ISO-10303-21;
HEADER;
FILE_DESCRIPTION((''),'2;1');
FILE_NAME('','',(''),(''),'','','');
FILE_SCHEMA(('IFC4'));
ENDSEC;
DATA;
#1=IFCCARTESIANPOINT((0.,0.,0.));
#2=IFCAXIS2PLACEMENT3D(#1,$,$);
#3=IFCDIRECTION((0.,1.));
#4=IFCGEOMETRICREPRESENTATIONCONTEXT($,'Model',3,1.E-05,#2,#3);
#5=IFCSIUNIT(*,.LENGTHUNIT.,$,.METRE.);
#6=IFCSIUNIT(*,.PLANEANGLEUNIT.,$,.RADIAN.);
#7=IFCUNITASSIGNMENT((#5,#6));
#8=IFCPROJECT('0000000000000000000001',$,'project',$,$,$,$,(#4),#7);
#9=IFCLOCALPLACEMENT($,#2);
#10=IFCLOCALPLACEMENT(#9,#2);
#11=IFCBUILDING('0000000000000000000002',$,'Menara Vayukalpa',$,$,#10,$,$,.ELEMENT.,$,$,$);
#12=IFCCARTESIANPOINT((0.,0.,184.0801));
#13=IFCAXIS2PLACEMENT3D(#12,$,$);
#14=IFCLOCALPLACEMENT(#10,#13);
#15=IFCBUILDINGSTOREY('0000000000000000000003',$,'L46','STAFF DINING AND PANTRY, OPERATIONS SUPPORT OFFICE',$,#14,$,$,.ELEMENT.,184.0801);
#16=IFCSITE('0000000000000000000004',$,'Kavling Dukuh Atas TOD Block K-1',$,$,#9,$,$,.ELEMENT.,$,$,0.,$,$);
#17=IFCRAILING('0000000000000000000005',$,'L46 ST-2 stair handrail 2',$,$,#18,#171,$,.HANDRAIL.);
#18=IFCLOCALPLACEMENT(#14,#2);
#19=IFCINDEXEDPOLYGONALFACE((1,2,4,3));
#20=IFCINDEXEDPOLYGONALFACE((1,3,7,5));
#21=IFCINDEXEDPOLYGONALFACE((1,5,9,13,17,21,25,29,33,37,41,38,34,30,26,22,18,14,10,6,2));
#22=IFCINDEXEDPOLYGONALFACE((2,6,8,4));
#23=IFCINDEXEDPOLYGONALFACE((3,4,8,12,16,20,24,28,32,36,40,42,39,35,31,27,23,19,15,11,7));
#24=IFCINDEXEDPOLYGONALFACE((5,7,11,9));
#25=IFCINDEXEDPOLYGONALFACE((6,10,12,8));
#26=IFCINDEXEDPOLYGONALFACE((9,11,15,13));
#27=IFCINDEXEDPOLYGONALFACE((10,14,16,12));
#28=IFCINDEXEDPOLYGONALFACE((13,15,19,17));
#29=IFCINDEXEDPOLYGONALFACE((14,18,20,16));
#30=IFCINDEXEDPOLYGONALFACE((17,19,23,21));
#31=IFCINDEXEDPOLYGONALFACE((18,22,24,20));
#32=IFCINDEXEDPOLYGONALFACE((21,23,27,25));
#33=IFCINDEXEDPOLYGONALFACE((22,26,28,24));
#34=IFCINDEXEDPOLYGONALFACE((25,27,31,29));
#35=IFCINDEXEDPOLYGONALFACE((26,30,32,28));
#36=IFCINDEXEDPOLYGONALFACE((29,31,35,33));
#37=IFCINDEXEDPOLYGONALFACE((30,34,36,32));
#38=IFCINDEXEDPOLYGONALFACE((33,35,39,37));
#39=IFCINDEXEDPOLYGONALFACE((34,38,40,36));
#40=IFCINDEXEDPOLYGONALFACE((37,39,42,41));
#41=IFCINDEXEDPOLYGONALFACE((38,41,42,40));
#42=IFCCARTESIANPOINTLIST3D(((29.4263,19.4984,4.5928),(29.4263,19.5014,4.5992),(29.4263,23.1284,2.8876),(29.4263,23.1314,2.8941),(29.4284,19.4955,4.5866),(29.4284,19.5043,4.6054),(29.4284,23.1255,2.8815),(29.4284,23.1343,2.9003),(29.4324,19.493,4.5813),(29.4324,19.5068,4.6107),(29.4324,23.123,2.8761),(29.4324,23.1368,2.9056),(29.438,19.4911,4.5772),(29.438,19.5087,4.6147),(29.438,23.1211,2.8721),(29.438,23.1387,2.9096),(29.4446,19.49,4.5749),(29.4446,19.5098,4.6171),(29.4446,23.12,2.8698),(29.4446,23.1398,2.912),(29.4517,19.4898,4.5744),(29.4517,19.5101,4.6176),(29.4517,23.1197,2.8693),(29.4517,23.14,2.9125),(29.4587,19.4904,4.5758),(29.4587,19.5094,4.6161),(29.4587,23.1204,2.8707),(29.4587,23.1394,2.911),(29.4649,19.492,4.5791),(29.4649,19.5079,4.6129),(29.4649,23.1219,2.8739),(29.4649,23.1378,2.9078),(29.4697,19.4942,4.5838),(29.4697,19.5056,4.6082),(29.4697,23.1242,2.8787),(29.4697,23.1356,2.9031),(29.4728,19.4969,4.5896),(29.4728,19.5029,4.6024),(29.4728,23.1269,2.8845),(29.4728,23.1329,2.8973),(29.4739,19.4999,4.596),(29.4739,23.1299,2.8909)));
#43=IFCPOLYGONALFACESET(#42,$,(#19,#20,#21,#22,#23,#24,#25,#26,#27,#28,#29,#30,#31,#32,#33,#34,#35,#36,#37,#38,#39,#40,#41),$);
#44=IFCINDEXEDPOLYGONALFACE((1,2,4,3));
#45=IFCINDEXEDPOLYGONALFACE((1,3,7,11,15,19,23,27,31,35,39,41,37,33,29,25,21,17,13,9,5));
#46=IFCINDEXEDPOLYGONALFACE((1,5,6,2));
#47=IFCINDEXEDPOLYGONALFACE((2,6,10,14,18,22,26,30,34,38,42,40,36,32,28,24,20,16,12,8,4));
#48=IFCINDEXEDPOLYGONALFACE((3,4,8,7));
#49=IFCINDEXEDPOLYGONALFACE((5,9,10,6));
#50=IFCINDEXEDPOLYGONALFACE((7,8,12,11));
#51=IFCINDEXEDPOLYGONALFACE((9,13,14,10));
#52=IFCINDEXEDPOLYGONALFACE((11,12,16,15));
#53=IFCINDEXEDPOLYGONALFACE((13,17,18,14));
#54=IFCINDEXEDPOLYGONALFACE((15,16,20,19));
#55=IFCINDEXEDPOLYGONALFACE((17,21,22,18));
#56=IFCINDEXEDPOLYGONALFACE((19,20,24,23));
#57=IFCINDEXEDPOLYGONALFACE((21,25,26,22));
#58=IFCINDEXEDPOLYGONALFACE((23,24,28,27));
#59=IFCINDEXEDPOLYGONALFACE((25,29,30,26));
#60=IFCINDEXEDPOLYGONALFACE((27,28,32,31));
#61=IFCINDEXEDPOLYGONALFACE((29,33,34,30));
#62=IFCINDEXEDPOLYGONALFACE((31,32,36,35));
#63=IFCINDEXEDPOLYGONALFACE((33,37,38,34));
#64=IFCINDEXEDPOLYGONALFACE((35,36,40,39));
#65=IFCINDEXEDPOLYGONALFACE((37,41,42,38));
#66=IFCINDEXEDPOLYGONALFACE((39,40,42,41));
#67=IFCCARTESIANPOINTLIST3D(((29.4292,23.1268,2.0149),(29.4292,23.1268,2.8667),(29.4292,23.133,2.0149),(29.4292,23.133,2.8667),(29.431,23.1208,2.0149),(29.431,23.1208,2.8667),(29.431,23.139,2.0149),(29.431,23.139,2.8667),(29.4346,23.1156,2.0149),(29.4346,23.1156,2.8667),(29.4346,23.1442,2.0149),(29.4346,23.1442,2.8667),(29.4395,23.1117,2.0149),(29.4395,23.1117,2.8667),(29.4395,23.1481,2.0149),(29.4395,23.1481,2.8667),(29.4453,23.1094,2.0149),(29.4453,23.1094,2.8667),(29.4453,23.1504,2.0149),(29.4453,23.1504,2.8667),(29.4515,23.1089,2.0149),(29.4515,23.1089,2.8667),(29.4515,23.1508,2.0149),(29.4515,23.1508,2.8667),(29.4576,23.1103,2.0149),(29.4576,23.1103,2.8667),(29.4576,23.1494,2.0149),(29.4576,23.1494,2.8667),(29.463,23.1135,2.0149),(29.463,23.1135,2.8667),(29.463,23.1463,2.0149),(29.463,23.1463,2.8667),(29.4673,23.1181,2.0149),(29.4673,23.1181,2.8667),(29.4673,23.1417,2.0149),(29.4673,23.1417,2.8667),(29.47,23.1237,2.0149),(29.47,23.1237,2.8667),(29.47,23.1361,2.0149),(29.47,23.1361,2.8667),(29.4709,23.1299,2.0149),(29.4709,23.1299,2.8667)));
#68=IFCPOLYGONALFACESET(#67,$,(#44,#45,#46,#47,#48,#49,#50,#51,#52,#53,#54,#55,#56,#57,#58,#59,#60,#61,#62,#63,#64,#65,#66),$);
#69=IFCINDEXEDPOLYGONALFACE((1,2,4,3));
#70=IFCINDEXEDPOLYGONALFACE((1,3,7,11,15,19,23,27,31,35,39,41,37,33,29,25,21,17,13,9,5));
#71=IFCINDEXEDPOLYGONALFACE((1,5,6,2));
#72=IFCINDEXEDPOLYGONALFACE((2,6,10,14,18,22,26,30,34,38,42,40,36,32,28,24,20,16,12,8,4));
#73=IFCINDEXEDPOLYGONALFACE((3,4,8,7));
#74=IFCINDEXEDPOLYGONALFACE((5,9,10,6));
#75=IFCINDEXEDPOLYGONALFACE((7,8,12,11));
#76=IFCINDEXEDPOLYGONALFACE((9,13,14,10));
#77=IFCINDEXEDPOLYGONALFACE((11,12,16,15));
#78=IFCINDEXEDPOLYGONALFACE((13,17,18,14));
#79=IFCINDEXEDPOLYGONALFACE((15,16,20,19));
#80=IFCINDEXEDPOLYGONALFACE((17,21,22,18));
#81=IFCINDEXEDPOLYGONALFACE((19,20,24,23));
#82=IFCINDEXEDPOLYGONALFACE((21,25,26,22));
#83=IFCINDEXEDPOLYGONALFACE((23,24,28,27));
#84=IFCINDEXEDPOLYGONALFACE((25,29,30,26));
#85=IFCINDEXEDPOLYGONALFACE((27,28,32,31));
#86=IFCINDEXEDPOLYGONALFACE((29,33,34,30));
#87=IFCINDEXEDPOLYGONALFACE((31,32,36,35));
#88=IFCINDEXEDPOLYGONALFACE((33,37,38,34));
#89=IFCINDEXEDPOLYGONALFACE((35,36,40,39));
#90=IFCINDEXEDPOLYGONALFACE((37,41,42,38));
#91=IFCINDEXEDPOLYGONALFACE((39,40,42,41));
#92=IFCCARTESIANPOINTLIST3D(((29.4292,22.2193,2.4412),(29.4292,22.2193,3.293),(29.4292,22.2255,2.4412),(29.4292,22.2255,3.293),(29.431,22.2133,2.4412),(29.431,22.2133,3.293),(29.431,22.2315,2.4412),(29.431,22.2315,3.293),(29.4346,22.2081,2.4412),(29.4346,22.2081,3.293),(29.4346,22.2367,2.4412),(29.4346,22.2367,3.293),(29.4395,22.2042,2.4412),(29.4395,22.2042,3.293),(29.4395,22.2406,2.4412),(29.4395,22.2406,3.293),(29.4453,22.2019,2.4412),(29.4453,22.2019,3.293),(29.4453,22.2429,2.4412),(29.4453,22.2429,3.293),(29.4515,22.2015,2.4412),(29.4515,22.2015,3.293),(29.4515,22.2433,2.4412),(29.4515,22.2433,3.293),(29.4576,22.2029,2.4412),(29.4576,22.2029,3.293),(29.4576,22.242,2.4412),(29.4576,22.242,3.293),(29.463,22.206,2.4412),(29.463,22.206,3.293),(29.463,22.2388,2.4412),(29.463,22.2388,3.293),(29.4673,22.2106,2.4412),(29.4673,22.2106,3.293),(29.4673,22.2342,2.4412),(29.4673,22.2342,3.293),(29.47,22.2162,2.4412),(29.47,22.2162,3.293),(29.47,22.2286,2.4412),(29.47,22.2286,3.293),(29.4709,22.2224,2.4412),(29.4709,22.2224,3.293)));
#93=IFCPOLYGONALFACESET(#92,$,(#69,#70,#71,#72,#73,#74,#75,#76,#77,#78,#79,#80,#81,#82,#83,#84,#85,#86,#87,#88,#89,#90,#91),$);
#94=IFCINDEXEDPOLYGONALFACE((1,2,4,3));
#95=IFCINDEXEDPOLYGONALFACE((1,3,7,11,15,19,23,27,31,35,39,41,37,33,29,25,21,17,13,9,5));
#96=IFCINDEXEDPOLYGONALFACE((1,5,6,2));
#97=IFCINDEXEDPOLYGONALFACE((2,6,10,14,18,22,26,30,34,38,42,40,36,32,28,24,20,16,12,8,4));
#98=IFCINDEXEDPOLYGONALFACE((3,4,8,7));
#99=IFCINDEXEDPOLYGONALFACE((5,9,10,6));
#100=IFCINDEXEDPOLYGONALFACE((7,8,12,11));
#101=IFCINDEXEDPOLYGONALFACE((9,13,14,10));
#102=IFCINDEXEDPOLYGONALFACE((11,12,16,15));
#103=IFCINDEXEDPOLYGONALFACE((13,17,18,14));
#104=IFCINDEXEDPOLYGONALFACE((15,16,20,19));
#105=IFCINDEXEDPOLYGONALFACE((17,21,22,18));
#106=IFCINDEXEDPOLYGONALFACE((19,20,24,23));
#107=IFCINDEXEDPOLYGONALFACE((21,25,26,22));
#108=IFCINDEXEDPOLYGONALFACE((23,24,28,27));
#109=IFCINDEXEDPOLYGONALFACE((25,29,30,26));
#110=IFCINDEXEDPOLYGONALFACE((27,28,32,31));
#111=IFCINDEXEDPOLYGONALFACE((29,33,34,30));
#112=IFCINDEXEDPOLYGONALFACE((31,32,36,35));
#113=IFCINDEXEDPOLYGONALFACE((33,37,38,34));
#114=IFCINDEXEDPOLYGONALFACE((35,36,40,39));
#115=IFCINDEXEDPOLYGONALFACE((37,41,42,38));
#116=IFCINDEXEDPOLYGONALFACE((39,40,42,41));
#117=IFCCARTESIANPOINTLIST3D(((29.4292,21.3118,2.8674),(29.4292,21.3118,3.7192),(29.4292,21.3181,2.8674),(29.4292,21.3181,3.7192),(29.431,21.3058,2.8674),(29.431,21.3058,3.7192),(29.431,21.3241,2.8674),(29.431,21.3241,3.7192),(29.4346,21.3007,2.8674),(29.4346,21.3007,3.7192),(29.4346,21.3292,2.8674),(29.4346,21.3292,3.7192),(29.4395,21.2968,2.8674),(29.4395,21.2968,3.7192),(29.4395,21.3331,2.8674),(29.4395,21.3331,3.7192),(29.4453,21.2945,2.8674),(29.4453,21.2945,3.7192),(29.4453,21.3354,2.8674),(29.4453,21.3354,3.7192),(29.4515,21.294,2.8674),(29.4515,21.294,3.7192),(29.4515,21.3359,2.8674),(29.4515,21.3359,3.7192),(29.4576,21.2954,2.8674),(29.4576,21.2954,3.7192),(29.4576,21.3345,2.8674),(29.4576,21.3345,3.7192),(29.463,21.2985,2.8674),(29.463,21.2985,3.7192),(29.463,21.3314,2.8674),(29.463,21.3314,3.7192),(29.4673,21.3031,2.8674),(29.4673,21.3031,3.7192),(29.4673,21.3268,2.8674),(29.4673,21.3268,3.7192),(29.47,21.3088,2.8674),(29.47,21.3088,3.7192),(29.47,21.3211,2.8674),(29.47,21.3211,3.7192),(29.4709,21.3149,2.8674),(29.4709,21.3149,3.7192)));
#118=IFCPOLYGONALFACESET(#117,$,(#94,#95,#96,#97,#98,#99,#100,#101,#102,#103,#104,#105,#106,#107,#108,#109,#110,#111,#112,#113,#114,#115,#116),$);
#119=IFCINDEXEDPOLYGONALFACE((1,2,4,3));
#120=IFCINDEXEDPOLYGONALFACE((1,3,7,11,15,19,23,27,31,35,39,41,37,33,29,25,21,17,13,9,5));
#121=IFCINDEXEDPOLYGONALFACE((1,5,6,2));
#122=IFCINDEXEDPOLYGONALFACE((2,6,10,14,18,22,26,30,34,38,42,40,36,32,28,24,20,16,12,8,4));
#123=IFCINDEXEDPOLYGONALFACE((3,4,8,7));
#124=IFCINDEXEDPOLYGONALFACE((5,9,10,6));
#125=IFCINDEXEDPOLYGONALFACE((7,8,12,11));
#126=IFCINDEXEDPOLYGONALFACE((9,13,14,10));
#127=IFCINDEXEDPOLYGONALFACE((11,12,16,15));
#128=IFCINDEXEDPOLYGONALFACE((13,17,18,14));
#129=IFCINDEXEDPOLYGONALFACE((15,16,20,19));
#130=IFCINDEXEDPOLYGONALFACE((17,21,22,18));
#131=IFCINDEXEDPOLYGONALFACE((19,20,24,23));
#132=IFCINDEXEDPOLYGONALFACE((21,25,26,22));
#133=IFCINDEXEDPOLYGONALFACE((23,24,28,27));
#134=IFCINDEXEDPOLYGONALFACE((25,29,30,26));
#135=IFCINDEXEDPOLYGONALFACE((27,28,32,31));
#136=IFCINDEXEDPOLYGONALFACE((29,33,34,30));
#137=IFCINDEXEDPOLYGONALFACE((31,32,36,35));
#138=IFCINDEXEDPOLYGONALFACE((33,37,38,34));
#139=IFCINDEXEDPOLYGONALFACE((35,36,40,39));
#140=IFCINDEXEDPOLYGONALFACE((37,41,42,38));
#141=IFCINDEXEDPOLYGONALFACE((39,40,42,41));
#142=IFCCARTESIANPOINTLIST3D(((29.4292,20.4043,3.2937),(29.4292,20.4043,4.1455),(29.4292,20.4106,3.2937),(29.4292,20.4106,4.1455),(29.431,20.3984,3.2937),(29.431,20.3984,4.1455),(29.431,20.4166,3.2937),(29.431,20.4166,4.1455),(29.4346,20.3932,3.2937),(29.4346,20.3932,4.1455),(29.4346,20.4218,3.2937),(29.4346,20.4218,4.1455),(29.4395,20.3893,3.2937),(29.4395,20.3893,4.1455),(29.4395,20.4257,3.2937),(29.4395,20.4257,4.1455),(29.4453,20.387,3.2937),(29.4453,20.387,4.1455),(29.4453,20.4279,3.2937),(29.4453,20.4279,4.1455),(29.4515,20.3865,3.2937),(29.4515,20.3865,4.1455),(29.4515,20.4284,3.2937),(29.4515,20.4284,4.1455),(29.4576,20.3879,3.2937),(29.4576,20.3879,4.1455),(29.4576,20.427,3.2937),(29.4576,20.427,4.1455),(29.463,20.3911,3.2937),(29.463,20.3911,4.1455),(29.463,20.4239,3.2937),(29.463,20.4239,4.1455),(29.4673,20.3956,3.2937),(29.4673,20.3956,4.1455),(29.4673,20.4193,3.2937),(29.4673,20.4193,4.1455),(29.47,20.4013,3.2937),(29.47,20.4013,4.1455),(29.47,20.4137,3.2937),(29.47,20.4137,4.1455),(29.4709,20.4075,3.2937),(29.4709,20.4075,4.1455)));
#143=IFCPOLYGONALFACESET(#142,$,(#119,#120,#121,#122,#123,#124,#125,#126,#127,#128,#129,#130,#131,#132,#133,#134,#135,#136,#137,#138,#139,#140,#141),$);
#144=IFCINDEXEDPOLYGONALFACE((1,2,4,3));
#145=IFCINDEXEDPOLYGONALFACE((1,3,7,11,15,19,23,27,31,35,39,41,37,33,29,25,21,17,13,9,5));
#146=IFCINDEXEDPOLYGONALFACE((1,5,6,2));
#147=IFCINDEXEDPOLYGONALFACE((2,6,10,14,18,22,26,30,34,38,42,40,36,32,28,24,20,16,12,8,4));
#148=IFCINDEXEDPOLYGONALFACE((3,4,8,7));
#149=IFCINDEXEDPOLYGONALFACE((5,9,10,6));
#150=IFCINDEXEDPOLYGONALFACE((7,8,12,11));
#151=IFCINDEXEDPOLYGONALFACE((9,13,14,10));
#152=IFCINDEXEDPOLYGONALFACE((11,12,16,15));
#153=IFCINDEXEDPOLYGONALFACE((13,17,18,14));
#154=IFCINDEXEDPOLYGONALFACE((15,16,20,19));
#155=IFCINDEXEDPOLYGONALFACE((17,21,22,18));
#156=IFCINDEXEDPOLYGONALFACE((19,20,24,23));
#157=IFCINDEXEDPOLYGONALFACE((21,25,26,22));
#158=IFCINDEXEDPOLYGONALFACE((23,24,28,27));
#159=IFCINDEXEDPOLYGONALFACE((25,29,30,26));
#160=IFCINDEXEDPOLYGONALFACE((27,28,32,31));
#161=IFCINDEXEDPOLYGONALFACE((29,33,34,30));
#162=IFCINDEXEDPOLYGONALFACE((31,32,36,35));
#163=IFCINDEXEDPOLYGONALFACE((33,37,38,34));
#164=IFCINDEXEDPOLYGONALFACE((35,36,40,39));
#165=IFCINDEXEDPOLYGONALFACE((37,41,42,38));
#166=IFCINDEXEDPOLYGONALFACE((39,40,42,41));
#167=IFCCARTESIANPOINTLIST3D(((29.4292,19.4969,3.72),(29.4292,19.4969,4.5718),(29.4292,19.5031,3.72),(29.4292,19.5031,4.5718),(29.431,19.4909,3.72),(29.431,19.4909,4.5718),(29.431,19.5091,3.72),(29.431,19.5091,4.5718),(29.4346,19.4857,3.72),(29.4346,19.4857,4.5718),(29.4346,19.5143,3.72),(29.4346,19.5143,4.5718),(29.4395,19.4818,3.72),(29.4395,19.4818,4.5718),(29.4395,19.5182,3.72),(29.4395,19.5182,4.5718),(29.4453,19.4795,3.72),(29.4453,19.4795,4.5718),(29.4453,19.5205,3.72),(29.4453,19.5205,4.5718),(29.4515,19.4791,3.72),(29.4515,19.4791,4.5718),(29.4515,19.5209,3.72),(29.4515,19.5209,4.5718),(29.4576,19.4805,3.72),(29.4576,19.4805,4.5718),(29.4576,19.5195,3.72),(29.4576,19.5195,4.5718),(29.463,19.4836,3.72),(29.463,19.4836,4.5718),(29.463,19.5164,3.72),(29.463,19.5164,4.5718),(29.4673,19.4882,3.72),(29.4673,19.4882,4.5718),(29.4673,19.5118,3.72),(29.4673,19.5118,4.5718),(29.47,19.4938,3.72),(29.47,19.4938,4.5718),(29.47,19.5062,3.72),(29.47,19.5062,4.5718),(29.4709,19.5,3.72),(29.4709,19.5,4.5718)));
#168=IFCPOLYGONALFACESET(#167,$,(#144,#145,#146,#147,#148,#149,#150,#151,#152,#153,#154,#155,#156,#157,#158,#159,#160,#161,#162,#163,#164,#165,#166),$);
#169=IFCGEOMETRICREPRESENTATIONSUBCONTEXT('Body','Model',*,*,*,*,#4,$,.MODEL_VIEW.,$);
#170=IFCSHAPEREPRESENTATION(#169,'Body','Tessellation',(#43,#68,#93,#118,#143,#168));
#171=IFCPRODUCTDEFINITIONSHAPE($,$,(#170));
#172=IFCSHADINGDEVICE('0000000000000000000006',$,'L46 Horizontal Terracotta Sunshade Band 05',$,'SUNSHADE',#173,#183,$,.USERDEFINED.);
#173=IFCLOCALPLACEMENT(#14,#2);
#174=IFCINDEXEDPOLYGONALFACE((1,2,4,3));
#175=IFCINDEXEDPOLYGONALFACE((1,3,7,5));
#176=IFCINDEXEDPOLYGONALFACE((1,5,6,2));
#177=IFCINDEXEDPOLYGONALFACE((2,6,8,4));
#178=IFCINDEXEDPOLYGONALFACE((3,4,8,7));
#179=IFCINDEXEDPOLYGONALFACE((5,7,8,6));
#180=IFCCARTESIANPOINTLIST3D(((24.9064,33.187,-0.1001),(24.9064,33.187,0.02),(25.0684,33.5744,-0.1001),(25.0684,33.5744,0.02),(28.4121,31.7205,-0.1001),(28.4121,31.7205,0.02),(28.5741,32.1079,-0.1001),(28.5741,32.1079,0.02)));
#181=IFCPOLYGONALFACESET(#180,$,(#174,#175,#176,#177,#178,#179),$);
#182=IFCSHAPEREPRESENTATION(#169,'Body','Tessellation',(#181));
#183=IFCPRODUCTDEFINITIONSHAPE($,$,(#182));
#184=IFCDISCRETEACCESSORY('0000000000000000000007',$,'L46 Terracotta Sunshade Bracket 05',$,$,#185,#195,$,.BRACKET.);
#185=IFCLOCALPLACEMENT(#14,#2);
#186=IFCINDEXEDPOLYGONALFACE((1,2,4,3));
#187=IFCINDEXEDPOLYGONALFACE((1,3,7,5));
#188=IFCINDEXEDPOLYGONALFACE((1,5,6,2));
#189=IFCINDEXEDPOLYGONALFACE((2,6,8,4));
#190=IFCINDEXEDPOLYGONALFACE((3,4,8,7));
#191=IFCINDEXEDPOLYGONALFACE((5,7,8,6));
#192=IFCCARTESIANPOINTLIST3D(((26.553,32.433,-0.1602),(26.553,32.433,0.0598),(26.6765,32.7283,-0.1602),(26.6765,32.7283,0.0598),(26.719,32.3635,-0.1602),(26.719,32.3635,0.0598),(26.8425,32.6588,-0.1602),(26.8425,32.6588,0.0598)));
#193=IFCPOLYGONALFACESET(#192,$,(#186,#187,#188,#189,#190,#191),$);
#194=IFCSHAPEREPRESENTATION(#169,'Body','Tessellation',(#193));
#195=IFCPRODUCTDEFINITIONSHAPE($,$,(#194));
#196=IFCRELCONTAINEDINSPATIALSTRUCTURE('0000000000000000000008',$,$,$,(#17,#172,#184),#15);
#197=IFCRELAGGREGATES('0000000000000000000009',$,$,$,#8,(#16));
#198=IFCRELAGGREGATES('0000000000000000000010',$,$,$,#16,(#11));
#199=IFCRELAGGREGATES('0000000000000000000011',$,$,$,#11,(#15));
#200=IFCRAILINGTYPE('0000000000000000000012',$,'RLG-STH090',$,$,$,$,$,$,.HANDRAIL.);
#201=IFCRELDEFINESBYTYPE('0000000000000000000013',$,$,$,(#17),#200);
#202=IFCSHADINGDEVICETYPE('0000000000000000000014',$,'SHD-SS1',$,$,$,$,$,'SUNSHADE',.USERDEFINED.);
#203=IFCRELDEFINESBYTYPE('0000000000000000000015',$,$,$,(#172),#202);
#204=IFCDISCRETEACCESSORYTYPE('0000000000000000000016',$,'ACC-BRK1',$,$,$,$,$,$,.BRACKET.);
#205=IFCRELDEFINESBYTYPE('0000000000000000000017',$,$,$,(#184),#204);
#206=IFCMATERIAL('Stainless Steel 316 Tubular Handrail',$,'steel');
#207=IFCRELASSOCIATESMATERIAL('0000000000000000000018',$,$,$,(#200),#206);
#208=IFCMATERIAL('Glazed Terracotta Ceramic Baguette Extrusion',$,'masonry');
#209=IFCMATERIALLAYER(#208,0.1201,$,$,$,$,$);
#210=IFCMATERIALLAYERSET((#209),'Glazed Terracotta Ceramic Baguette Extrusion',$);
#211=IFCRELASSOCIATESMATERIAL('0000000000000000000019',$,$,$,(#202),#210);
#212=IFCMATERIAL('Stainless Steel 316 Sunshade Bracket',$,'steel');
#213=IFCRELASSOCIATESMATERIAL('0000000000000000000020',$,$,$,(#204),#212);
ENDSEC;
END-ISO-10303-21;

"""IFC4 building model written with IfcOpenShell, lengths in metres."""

from ifc_helpers import new_model, si_unit, direction, frame, origin, origin_2d, place, context, subcontext, project, spatial, rectangle, circle, extrude, material, layer, layer_set, type_object, element, save


model = new_model("IFC4")

# Units and contexts
model_context = context("Model", 3, precision=1e-05, world=origin(), true_north=direction((0.0, 1.0)))
body_context = subcontext(model_context, "Body", "Model", "MODEL_VIEW")
ifc_project = project(units=[si_unit("LENGTHUNIT", "METRE"), si_unit("PLANEANGLEUNIT", "RADIAN")], contexts=[model_context])

# Site, building, storey
site_placement = place(None, origin())
site = spatial("IfcSite", under=ifc_project, at=site_placement, Name="Kavling Dukuh Atas TOD Block K-1", CompositionType="ELEMENT", RefElevation=0.0)
building_placement = place(site_placement, origin())
building = spatial("IfcBuilding", under=site, at=building_placement, Name="Menara Vayukalpa", CompositionType="ELEMENT")
storey_placement = place(building_placement, frame((0.0, 0.0, 184.0801)))
storey = spatial("IfcBuildingStorey", under=building, at=storey_placement, Name="L46", Description="STAFF DINING AND PANTRY, OPERATIONS SUPPORT OFFICE", CompositionType="ELEMENT", Elevation=184.0801)

# Railing
ifc_material_1 = material(Name="Stainless Steel 316 Tubular Handrail", Category="steel")
railing_type = type_object("IfcRailingType", Name="RLG-STH090", PredefinedType="HANDRAIL", material=ifc_material_1)
railing_placement = place(storey_placement, frame((29.45, 23.1299, 2.0149)))
element("IfcRailing", 1, at=railing_placement, inside=storey, type_object=railing_type, Name="L46 ST-2 stair handrail 2", PredefinedType="HANDRAIL", context=body_context, shape_type="SweptSolid", body=[
    extrude(circle(Radius=0.0239, at=origin_2d()), frame((0.0, 0.0, 0.876), z_axis=(0.0, -0.905116, 0.425164), x_axis=(1.0, 0.0, 0.0)), (0.0, 0.0, 1.0), 4.0105),
    extrude(circle(Radius=0.021, at=origin_2d()), origin(), (0.0, 0.0, 1.0), 0.8518),
    extrude(circle(Radius=0.021, at=origin_2d()), frame((0.0, -0.9075, 0.4263)), (0.0, 0.0, 1.0), 0.8518),
    extrude(circle(Radius=0.021, at=origin_2d()), frame((0.0, -1.8149, 0.8525)), (0.0, 0.0, 1.0), 0.8518),
    extrude(circle(Radius=0.021, at=origin_2d()), frame((0.0, -2.7224, 1.2788)), (0.0, 0.0, 1.0), 0.8518),
    extrude(circle(Radius=0.021, at=origin_2d()), frame((0.0, -3.6299, 1.7051)), (0.0, 0.0, 1.0), 0.8518),
])

# Shading device
ifc_material_2 = material(Name="Glazed Terracotta Ceramic Baguette Extrusion", Category="masonry")
ifc_layer_1 = layer(ifc_material_2, 0.1201)
ifc_layer_set_1 = layer_set([ifc_layer_1], Name="Glazed Terracotta Ceramic Baguette Extrusion")
shading_device_type = type_object("IfcShadingDeviceType", Name="SHD-SS1", ElementType="SUNSHADE", PredefinedType="USERDEFINED", material=ifc_layer_set_1)
shading_device_placement = place(storey_placement, frame((26.7402, 32.6475, -0.1001), z_axis=(0.0, 0.0, 1.0), x_axis=(-0.922538, 0.385906, 0.0)))
element("IfcShadingDevice", 2, at=shading_device_placement, inside=storey, type_object=shading_device_type, Name="L46 Horizontal Terracotta Sunshade Band 05", ObjectType="SUNSHADE", PredefinedType="USERDEFINED", context=body_context, shape_type="SweptSolid", body=[
    extrude(rectangle(XDim=3.8, YDim=0.4199, at=origin_2d()), origin(), (0.0, 0.0, 1.0), 0.1201),
])

# Discrete accessory
ifc_material_3 = material(Name="Stainless Steel 316 Sunshade Bracket", Category="steel")
discrete_accessory_type = type_object("IfcDiscreteAccessoryType", Name="ACC-BRK1", PredefinedType="BRACKET", material=ifc_material_3)
discrete_accessory_placement = place(storey_placement, frame((26.6978, 32.5459, -0.1602), z_axis=(0.0, 0.0, 1.0), x_axis=(-0.922538, 0.385906, 0.0)))
element("IfcDiscreteAccessory", 3, at=discrete_accessory_placement, inside=storey, type_object=discrete_accessory_type, Name="L46 Terracotta Sunshade Bracket 05", PredefinedType="BRACKET", context=body_context, shape_type="SweptSolid", body=[
    extrude(rectangle(XDim=0.1799, YDim=0.3201, at=origin_2d()), origin(), (0.0, 0.0, 1.0), 0.22),
])

save(model, "model.ifc")
